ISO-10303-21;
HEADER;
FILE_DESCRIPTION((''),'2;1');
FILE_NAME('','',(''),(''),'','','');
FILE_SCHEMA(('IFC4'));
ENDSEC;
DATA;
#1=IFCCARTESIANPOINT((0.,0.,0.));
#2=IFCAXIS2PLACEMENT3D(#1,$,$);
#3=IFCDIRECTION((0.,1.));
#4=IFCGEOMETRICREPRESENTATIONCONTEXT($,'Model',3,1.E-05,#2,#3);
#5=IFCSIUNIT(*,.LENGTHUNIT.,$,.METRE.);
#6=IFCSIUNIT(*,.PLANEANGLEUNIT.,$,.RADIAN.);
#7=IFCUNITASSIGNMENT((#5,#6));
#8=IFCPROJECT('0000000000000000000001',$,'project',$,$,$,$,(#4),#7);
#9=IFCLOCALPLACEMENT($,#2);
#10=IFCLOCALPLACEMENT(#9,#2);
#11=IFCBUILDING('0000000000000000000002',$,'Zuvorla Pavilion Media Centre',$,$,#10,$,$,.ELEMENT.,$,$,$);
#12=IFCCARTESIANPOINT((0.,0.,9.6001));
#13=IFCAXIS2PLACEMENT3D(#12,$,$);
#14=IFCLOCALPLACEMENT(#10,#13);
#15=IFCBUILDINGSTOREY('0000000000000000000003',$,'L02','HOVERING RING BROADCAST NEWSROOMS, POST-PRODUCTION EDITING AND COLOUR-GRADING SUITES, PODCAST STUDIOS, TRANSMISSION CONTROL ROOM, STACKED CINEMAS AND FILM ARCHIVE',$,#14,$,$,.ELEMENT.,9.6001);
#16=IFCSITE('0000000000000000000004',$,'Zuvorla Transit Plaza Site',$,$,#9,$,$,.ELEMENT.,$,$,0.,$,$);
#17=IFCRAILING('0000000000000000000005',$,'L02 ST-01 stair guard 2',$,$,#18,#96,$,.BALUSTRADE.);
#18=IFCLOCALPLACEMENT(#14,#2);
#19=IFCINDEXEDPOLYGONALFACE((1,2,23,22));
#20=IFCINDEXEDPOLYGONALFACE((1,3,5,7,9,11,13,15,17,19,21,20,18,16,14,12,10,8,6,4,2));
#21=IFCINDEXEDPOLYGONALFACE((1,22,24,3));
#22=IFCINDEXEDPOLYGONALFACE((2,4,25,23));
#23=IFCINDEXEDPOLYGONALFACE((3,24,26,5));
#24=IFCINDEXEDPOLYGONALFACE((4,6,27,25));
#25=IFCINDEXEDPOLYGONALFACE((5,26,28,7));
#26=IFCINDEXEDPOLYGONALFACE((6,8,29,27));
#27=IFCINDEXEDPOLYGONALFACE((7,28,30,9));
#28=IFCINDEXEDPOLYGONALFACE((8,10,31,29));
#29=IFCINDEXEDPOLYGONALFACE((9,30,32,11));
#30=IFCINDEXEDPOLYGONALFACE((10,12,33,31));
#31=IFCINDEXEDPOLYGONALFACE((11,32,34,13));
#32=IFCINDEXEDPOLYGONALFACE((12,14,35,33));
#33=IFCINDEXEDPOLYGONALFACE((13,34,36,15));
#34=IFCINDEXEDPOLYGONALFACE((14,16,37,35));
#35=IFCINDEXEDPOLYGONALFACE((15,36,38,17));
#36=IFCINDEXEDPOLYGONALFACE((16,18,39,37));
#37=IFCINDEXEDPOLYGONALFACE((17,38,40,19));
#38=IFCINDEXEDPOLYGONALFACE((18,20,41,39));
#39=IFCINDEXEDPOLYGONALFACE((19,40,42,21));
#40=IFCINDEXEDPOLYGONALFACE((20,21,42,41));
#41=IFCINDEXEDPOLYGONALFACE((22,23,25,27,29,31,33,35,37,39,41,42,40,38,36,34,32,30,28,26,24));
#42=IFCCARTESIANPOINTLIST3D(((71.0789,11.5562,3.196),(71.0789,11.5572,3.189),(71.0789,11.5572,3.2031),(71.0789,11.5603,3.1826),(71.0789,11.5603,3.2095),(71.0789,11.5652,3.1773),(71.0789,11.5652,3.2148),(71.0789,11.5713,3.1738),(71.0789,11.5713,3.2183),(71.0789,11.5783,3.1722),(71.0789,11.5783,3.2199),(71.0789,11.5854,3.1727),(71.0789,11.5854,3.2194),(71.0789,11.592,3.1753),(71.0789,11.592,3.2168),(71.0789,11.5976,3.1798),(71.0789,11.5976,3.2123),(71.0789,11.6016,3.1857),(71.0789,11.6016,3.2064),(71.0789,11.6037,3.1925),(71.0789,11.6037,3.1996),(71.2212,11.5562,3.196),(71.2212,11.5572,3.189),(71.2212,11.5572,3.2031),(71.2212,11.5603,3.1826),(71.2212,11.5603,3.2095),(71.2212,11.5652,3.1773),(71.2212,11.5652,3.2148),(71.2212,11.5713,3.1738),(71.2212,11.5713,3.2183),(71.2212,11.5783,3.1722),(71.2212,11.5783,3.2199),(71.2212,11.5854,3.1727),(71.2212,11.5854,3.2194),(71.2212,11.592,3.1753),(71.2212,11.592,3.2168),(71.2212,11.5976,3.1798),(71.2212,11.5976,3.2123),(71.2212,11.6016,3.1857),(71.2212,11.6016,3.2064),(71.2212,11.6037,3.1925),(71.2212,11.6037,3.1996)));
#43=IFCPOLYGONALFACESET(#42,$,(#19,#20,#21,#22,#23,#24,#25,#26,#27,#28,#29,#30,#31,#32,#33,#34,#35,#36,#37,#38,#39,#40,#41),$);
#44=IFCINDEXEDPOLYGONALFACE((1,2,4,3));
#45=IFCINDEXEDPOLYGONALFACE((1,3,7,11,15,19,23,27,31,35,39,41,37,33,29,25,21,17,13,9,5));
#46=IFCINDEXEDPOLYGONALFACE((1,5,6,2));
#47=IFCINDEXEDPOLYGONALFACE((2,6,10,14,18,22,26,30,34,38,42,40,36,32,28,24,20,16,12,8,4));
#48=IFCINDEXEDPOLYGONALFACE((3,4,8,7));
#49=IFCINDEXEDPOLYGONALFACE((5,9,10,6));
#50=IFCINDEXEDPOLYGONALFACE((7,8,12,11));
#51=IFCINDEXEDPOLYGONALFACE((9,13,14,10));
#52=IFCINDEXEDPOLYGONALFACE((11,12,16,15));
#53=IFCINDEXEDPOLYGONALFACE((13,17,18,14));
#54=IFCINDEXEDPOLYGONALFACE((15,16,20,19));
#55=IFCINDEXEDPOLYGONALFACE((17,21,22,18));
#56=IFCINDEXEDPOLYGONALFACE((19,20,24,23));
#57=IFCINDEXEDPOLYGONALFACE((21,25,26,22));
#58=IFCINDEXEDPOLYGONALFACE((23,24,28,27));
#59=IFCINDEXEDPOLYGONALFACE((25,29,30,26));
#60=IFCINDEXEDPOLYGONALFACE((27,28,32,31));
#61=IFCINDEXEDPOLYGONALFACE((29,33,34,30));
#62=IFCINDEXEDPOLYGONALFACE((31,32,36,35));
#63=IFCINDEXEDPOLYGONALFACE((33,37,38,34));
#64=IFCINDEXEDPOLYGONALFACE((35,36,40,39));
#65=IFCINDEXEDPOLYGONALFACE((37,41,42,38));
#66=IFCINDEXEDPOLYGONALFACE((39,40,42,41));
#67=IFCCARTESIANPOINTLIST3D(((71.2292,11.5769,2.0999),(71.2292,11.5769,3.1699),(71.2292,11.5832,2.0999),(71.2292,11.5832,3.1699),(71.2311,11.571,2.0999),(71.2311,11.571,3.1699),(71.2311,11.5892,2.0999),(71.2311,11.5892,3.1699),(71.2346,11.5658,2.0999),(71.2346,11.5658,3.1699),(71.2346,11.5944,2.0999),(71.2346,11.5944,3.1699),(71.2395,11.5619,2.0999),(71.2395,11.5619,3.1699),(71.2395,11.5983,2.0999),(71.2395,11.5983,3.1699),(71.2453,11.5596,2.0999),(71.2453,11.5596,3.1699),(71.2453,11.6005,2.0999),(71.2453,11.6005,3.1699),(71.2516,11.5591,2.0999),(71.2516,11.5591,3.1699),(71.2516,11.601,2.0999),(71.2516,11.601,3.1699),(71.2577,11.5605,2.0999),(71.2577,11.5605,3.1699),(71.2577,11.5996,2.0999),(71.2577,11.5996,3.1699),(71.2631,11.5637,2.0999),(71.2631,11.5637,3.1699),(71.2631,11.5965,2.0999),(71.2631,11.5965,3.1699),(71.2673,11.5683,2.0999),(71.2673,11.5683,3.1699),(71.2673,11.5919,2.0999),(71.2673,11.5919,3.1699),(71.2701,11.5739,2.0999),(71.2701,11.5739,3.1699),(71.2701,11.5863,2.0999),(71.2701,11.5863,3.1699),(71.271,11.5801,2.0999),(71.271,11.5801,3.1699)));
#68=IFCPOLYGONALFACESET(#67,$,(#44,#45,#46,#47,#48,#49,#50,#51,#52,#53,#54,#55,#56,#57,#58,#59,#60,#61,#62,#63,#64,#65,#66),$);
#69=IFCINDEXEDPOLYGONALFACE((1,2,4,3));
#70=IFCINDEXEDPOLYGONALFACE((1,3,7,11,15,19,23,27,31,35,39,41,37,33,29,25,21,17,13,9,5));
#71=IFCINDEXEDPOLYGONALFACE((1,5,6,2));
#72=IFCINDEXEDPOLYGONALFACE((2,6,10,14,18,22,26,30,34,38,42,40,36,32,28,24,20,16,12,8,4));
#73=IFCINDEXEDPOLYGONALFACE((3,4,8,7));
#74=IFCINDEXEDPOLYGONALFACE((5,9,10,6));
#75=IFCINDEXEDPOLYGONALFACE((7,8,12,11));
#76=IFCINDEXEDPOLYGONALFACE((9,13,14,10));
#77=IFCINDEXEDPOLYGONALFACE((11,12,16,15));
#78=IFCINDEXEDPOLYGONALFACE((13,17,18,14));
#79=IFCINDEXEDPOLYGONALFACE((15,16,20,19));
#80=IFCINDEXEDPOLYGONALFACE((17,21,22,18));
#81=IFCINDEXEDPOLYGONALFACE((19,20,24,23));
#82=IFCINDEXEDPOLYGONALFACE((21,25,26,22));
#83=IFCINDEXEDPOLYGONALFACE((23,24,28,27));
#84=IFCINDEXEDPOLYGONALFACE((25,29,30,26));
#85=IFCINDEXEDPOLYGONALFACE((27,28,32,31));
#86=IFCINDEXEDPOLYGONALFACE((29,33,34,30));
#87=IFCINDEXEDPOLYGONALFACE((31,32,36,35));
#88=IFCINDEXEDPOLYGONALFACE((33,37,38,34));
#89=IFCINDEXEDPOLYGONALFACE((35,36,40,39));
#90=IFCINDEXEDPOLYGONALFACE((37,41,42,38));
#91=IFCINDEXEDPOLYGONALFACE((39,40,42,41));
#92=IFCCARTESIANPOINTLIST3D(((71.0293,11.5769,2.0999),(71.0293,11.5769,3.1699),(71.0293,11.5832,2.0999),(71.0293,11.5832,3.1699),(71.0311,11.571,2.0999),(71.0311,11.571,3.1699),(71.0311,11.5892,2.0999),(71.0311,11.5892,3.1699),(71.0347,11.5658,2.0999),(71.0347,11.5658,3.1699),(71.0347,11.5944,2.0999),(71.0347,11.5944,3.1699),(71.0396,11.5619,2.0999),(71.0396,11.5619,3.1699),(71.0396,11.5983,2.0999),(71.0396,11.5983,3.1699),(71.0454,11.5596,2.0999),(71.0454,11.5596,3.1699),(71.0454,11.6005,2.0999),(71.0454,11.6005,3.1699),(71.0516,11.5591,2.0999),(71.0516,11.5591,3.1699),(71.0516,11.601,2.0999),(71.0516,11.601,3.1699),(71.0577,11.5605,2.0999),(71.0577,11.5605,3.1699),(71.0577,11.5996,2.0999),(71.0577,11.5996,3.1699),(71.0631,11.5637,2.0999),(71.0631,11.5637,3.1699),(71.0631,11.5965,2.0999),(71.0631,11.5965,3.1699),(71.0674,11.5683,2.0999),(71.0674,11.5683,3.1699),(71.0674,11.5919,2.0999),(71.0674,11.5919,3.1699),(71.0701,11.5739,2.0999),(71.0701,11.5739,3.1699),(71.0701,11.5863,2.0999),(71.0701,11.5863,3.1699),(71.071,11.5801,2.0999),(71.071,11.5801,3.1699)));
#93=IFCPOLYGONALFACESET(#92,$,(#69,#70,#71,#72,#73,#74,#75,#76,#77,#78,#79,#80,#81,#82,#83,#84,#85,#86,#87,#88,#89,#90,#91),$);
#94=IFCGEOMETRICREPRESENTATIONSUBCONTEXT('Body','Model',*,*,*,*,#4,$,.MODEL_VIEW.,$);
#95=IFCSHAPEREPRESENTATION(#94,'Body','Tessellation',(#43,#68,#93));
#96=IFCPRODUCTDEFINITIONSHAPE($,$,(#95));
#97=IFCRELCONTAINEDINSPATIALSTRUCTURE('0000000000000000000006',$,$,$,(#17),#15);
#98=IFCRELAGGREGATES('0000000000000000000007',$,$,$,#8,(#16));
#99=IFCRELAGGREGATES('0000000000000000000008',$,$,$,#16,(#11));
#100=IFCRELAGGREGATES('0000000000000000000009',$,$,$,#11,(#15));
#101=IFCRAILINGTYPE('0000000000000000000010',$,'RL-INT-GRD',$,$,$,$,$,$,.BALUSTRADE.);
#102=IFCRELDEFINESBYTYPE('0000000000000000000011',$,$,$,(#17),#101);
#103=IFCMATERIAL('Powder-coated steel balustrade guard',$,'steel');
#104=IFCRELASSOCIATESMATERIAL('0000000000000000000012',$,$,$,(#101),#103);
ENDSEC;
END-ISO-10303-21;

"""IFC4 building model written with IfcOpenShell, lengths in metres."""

from ifc_helpers import new_model, si_unit, direction, frame, origin, origin_2d, place, context, subcontext, project, spatial, circle, extrude, material, type_object, element, save


model = new_model("IFC4")

# Units and contexts
model_context = context("Model", 3, precision=1e-05, world=origin(), true_north=direction((0.0, 1.0)))
body_context = subcontext(model_context, "Body", "Model", "MODEL_VIEW")
ifc_project = project(units=[si_unit("LENGTHUNIT", "METRE"), si_unit("PLANEANGLEUNIT", "RADIAN")], contexts=[model_context])

# Site, building, storey
site_placement = place(None, origin())
site = spatial("IfcSite", under=ifc_project, at=site_placement, Name="Zuvorla Transit Plaza Site", CompositionType="ELEMENT", RefElevation=0.0)
building_placement = place(site_placement, origin())
building = spatial("IfcBuilding", under=site, at=building_placement, Name="Zuvorla Pavilion Media Centre", CompositionType="ELEMENT")
storey_placement = place(building_placement, frame((0.0, 0.0, 9.6001)))
storey = spatial("IfcBuildingStorey", under=building, at=storey_placement, Name="L02", Description="HOVERING RING BROADCAST NEWSROOMS, POST-PRODUCTION EDITING AND COLOUR-GRADING SUITES, PODCAST STUDIOS, TRANSMISSION CONTROL ROOM, STACKED CINEMAS AND FILM ARCHIVE", CompositionType="ELEMENT", Elevation=9.6001)

# Railing
ifc_material_1 = material(Name="Powder-coated steel balustrade guard", Category="steel")
railing_type_1 = type_object("IfcRailingType", Name="RL-INT-GRD", PredefinedType="BALUSTRADE", material=ifc_material_1)
railing_1_placement = place(storey_placement, frame((71.25, 11.5801, 2.0999)))
element("IfcRailing", 1, at=railing_1_placement, inside=storey, type_object=railing_type_1, Name="L02 ST-01 stair guard 2", PredefinedType="BALUSTRADE", context=body_context, shape_type="SweptSolid", body=[
    extrude(circle(Radius=0.0239, at=origin_2d()), frame((-0.0288, 0.0, 1.0962), z_axis=(-1.0, 0.0, 0.0), x_axis=(0.0, -1.0, 0.0)), (0.0, 0.0, 1.0), 0.1423),
    extrude(circle(Radius=0.021, at=origin_2d()), origin(), (0.0, 0.0, 1.0), 1.0701),
    extrude(circle(Radius=0.021, at=origin_2d()), frame((-0.2, 0.0, 0.0)), (0.0, 0.0, 1.0), 1.0701),
])

save(model, "model.ifc")
